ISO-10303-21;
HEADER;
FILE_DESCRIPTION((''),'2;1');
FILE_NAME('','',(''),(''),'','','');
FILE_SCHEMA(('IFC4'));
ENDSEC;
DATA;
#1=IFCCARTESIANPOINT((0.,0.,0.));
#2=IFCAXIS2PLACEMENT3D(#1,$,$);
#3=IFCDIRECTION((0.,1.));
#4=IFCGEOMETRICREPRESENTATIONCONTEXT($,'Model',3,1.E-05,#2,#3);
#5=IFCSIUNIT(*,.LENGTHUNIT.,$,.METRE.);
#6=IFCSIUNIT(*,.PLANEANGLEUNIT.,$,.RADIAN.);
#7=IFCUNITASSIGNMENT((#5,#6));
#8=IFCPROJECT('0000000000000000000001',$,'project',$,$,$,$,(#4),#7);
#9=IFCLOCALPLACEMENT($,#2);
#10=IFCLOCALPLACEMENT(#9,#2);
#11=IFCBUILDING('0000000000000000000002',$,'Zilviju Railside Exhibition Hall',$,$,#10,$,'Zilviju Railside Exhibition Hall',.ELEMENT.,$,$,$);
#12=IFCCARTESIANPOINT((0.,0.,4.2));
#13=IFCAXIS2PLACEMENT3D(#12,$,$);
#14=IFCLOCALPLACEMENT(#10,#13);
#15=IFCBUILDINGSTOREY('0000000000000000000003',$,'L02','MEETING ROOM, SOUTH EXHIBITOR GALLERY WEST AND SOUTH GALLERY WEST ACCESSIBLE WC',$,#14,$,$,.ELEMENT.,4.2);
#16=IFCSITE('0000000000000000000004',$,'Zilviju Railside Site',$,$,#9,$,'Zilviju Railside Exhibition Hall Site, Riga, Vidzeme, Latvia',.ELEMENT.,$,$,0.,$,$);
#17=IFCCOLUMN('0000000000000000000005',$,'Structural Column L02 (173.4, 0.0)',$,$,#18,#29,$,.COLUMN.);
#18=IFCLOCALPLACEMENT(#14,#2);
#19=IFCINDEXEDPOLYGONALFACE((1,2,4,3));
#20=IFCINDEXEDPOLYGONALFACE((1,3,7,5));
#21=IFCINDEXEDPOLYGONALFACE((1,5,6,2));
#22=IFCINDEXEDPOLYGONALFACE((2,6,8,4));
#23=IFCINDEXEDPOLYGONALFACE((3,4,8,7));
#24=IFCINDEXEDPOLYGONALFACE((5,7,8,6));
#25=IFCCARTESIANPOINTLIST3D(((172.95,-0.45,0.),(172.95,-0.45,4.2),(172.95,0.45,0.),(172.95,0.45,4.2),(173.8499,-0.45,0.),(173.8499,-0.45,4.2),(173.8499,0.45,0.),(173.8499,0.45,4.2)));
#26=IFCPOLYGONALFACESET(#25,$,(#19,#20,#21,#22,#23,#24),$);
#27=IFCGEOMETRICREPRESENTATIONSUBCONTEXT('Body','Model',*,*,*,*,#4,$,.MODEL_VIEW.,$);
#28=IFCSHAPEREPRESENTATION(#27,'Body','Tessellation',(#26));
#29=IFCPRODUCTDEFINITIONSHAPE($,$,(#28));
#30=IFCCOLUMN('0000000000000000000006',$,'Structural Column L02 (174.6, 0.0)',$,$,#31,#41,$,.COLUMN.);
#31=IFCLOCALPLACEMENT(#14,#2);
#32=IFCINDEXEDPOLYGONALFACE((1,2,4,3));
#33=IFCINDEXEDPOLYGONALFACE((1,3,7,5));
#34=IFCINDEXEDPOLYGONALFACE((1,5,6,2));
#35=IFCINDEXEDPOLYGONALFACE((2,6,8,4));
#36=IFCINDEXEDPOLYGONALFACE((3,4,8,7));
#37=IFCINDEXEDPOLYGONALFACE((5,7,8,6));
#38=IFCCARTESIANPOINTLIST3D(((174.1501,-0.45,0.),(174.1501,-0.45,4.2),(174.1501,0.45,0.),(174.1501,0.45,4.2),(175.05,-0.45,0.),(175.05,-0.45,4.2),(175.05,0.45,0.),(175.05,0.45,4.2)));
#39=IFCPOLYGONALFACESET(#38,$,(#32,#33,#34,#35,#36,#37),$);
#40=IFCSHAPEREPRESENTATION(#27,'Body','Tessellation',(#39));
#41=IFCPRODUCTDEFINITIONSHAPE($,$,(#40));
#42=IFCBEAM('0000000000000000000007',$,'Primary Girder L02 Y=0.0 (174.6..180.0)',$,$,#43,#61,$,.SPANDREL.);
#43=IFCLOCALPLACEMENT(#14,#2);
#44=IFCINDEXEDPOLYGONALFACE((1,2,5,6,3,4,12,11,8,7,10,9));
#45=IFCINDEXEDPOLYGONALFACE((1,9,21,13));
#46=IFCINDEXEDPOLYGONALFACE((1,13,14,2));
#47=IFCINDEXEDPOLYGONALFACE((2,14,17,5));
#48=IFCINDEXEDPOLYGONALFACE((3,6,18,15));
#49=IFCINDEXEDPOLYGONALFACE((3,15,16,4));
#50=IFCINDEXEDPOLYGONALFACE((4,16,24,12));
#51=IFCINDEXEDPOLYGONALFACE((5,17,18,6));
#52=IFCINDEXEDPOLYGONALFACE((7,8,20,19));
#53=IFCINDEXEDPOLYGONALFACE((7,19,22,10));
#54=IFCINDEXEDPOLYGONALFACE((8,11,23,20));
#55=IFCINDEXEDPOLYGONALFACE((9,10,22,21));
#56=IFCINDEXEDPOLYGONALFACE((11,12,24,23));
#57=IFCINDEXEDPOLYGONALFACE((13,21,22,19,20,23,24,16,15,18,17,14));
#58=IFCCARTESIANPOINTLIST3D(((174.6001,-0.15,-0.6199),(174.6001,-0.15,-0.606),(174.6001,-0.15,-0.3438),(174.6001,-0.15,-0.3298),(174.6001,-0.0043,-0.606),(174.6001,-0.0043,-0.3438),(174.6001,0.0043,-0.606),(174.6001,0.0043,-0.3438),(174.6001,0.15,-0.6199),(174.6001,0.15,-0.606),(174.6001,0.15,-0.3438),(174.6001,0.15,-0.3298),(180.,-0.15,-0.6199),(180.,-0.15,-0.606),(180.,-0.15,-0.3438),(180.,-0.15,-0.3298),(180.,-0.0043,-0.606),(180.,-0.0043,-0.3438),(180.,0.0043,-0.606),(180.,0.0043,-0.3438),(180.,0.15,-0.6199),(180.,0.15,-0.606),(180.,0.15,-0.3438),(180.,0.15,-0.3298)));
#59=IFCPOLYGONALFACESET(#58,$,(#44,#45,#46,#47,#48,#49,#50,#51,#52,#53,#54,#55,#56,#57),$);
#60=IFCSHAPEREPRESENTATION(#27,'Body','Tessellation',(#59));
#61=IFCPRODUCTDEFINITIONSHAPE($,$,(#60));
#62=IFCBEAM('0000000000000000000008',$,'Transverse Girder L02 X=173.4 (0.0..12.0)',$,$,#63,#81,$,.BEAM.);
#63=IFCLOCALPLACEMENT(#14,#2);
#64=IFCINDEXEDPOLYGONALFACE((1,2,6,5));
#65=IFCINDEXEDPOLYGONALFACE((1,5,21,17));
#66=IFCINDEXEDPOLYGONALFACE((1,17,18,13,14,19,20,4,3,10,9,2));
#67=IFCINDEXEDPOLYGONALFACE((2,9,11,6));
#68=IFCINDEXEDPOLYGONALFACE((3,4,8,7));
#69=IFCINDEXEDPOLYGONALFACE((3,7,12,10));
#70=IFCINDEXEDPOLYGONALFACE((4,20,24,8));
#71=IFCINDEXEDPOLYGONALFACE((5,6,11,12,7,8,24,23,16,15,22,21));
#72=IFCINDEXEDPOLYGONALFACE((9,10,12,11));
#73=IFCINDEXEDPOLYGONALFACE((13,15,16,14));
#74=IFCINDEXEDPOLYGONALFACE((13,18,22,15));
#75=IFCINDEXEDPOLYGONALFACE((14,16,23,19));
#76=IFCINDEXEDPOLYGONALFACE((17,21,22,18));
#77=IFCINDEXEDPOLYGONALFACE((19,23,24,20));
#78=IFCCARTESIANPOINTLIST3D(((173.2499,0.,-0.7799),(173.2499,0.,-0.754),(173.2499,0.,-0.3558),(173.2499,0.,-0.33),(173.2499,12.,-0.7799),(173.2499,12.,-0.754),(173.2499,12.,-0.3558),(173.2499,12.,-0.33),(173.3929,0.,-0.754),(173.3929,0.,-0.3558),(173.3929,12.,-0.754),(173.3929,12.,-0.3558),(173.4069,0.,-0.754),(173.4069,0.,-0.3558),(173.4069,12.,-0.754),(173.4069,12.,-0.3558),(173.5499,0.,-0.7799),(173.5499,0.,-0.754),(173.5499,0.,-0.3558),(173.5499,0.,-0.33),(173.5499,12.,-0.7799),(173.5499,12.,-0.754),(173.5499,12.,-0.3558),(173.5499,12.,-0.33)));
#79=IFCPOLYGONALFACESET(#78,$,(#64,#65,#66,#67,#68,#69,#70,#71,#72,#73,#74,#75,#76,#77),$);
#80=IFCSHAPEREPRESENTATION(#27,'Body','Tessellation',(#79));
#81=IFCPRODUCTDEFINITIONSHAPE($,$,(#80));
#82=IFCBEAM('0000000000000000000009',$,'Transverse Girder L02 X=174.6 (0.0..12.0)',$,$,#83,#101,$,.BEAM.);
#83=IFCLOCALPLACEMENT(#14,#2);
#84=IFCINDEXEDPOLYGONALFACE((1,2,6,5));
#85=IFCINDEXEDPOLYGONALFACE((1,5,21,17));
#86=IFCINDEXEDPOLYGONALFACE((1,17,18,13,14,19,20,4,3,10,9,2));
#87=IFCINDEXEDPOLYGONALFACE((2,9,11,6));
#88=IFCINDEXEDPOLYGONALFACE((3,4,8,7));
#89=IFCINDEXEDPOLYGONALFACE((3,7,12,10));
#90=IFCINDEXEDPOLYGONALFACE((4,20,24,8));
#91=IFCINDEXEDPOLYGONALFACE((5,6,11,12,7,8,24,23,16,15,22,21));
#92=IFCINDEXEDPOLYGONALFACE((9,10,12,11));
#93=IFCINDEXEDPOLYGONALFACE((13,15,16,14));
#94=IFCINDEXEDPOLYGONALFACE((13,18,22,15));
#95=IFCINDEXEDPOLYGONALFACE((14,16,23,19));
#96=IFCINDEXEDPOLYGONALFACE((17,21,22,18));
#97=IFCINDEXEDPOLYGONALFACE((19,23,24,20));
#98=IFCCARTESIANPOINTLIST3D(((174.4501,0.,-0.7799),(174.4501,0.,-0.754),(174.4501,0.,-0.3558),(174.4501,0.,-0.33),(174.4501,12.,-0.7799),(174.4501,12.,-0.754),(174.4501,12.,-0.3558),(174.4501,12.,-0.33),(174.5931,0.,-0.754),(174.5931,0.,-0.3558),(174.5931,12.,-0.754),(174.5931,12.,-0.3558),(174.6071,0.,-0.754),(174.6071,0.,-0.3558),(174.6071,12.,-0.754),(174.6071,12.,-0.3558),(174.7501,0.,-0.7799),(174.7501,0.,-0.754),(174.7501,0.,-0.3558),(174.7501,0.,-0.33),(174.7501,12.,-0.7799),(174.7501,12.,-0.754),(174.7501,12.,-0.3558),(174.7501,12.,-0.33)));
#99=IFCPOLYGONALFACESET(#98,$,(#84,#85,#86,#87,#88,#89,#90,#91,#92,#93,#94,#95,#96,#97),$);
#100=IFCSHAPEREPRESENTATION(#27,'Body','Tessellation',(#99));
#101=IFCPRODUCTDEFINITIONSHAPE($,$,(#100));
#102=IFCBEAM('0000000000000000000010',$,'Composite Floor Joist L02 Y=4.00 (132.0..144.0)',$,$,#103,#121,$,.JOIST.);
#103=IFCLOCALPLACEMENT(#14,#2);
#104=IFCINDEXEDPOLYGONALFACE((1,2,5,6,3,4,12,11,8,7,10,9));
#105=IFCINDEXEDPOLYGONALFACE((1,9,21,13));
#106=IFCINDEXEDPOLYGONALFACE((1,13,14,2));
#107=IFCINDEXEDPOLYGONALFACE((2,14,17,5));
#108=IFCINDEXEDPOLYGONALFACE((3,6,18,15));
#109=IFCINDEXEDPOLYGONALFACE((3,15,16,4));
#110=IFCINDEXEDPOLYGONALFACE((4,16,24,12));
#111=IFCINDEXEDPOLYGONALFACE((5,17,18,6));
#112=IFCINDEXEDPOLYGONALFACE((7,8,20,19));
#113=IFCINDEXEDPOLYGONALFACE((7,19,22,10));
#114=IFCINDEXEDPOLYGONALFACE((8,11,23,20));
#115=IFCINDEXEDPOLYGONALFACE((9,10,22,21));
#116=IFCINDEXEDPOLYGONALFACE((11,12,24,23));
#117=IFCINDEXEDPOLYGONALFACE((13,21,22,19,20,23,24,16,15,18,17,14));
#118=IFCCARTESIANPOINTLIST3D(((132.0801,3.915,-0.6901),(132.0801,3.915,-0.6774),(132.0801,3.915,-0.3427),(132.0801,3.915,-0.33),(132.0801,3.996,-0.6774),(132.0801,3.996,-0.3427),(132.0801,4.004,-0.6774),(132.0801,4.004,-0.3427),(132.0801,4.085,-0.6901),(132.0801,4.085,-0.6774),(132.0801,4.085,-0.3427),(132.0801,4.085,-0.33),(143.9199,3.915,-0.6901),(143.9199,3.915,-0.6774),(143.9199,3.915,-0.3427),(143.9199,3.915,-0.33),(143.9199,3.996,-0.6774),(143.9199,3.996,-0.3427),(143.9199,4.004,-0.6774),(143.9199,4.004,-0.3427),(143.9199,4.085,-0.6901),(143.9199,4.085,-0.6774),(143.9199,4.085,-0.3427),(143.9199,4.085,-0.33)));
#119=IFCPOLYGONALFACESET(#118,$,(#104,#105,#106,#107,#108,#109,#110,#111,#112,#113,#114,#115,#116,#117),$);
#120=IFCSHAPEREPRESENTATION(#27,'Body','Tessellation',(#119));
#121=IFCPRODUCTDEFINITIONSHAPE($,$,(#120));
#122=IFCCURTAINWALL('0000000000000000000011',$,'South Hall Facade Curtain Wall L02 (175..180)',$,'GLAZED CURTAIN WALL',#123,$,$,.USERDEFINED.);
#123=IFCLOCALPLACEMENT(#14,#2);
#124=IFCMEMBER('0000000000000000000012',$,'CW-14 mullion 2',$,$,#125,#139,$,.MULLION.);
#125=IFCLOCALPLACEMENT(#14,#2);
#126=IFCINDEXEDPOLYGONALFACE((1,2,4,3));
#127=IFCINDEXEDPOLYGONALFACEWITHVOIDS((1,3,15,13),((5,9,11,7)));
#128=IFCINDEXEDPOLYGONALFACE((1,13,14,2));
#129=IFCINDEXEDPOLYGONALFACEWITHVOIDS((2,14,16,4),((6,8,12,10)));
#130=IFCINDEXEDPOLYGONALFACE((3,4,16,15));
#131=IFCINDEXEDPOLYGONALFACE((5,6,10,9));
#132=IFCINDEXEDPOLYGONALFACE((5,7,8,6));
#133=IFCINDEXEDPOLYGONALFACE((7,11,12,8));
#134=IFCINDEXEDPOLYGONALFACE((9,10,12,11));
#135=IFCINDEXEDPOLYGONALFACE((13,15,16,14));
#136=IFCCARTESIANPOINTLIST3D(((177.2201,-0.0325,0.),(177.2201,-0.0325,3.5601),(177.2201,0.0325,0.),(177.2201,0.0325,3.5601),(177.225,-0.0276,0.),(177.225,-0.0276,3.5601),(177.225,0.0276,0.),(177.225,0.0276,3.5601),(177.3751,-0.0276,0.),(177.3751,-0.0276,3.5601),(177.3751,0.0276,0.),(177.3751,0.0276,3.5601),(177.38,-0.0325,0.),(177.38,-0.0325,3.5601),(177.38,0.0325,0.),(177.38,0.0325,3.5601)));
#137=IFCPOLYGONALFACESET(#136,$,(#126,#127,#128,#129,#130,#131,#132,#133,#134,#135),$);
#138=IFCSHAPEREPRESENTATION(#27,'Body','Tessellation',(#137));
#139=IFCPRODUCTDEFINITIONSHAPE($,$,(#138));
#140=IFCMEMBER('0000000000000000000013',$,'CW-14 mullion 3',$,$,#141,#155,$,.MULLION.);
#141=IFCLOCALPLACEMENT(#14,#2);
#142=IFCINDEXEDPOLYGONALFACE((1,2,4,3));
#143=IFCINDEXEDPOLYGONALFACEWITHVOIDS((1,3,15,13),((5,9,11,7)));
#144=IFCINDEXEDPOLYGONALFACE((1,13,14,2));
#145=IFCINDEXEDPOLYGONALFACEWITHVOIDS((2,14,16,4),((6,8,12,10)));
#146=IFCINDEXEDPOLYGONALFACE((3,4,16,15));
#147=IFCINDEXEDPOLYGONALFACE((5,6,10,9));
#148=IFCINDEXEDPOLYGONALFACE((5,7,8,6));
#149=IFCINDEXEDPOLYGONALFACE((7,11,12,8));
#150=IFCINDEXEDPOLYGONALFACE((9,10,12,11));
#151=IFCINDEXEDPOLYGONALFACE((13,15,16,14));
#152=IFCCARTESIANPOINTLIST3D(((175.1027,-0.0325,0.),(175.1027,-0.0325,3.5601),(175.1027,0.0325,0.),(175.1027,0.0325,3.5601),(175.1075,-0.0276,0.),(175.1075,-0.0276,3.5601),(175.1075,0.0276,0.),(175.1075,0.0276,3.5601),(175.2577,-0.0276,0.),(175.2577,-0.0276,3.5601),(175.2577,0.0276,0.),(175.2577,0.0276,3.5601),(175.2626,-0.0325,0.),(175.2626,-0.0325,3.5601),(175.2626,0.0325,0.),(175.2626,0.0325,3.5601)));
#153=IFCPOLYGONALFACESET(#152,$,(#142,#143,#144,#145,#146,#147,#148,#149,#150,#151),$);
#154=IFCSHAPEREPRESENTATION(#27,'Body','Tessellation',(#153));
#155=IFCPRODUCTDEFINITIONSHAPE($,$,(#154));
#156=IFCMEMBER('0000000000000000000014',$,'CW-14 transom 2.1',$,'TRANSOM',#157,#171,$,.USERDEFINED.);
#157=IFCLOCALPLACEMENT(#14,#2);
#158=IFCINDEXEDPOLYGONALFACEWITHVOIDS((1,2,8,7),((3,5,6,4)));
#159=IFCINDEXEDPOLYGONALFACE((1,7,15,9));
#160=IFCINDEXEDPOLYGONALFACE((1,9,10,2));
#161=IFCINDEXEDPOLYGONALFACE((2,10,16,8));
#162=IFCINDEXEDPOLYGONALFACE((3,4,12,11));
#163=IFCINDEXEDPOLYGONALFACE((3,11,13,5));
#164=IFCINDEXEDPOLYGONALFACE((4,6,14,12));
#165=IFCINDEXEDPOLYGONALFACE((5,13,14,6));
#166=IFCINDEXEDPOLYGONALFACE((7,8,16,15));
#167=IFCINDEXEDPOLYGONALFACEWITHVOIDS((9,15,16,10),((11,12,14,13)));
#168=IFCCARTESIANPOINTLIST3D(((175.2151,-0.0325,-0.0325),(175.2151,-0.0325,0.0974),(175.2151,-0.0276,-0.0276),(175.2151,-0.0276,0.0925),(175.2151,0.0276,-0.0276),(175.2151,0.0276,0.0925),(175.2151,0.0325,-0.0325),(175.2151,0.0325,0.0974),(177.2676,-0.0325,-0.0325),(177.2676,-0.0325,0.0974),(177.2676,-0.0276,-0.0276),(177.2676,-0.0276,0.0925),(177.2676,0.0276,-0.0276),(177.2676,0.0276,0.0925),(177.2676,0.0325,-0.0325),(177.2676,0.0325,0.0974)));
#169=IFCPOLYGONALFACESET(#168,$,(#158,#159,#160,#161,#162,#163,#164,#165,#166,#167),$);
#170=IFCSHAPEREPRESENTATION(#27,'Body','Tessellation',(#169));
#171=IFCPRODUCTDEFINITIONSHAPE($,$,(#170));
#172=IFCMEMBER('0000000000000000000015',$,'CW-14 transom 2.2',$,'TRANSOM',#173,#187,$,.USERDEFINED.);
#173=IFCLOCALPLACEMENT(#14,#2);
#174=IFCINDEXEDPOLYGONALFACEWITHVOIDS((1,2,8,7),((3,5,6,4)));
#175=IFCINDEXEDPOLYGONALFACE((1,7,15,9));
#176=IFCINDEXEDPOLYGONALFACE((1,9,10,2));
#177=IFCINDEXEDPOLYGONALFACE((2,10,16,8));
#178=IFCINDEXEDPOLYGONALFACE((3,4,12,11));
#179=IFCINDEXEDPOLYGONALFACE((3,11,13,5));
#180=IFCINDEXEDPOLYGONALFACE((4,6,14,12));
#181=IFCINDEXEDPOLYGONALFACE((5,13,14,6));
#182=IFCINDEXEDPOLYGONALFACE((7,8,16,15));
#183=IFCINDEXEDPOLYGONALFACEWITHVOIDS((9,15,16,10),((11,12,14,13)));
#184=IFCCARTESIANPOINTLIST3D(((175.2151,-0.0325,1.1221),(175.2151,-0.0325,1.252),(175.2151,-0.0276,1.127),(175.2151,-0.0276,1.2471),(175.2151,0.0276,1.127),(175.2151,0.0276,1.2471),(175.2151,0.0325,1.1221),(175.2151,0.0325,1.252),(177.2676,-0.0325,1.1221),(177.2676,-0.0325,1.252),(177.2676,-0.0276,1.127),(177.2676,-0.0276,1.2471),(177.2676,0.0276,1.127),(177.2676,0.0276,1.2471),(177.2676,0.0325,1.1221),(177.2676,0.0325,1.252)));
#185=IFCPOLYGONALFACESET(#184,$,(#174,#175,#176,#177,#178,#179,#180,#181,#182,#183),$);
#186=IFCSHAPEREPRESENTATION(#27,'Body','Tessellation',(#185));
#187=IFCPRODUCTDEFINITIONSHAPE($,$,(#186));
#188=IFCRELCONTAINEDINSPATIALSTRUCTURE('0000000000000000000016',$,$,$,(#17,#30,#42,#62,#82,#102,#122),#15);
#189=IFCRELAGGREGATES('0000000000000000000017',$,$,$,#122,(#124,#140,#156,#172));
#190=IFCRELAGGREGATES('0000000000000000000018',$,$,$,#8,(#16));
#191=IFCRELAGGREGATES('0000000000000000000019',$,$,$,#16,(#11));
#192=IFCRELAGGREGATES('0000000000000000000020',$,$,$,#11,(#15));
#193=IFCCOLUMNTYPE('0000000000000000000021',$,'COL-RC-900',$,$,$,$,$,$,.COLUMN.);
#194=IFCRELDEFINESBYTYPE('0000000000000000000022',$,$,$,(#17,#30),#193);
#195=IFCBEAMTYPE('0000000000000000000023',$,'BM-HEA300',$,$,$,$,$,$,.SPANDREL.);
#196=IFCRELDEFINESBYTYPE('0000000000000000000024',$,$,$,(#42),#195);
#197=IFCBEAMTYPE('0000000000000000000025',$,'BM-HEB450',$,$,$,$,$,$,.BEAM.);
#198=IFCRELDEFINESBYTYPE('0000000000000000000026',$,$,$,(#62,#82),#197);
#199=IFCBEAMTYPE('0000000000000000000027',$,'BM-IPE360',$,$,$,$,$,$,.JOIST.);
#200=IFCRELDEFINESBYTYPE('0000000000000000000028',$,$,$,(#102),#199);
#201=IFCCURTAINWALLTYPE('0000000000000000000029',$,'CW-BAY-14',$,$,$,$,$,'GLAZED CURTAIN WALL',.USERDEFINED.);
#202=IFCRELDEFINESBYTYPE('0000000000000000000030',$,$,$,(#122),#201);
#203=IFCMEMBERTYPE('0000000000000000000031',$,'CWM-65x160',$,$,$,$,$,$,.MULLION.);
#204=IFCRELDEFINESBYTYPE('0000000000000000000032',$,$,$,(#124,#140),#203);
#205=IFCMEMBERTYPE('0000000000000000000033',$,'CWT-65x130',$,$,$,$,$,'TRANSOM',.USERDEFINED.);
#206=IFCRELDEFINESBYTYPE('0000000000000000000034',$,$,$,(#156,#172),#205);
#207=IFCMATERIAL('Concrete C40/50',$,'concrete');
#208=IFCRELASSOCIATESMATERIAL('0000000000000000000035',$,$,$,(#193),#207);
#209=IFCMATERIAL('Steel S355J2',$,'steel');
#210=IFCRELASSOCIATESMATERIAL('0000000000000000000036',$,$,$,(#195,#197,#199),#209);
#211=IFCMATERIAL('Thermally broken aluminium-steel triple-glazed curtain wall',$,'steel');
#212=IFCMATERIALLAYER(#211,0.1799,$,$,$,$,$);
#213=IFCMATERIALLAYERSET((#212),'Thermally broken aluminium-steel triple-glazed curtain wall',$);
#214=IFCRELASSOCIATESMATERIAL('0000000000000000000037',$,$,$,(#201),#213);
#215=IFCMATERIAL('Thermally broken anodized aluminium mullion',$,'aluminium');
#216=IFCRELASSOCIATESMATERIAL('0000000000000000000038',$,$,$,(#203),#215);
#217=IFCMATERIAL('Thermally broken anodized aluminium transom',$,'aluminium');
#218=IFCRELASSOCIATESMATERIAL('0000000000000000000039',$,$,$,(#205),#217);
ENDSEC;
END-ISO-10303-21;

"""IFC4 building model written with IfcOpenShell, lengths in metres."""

from ifc_helpers import new_model, si_unit, direction, frame, origin, origin_2d, place, context, subcontext, project, spatial, rectangle, hollow_rectangle, i_section, extrude, material, layer, layer_set, material_profile, profile_set, type_object, element, aggregate, save


model = new_model("IFC4")

# Units and contexts
model_context = context("Model", 3, precision=1e-05, world=origin(), true_north=direction((0.0, 1.0)))
body_context = subcontext(model_context, "Body", "Model", "MODEL_VIEW")
ifc_project = project(units=[si_unit("LENGTHUNIT", "METRE"), si_unit("PLANEANGLEUNIT", "RADIAN")], contexts=[model_context])

# Site, building, storey
site_placement = place(None, origin())
site = spatial("IfcSite", under=ifc_project, at=site_placement, Name="Zilviju Railside Site", LongName="Zilviju Railside Exhibition Hall Site, Riga, Vidzeme, Latvia", CompositionType="ELEMENT", RefElevation=0.0)
building_placement = place(site_placement, origin())
building = spatial("IfcBuilding", under=site, at=building_placement, Name="Zilviju Railside Exhibition Hall", LongName="Zilviju Railside Exhibition Hall", CompositionType="ELEMENT")
storey_placement = place(building_placement, frame((0.0, 0.0, 4.2)))
storey = spatial("IfcBuildingStorey", under=building, at=storey_placement, Name="L02", Description="MEETING ROOM, SOUTH EXHIBITOR GALLERY WEST AND SOUTH GALLERY WEST ACCESSIBLE WC", CompositionType="ELEMENT", Elevation=4.2)

# Columns
ifc_material_1 = material(Name="Concrete C40/50", Category="concrete")
ifc_material_profile_1 = material_profile(ifc_material_1, rectangle(XDim=0.8999, YDim=0.8999, at=origin_2d()), Name="RC COL 900x900")
ifc_profile_set_1 = profile_set([ifc_material_profile_1], Name="Concrete C40/50")
column_type = type_object("IfcColumnType", Name="COL-RC-900", PredefinedType="COLUMN", material=ifc_profile_set_1)
for number, where, z_axis, x_axis, name in (
    (1, (173.3999, 0.0, 0.0), (0.0, 0.0, 1.0), (1.0, 0.0, 0.0), "Structural Column L02 (173.4, 0.0)"),
    (2, (174.6001, 0.0, 0.0), (0.0, 0.0, 1.0), (1.0, 0.0, 0.0), "Structural Column L02 (174.6, 0.0)"),
):
    element("IfcColumn", number, at=place(storey_placement, frame(where, z_axis=z_axis, x_axis=x_axis)), inside=storey, type_object=column_type, Name=name, PredefinedType="COLUMN", context=body_context, shape_type="SweptSolid", body=[
        extrude(rectangle(XDim=0.8999, YDim=0.8999, at=origin_2d()), origin(), (0.0, 0.0, 1.0), 4.2),
    ])

# Beams
ifc_material_2 = material(Name="Steel S355J2", Category="steel")
ifc_material_profile_2 = material_profile(ifc_material_2, i_section(OverallWidth=0.3, OverallDepth=0.29, WebThickness=0.0085, FlangeThickness=0.0139, at=origin_2d()), Name="HEA 300")
ifc_profile_set_2 = profile_set([ifc_material_profile_2], Name="Steel S355J2")
beam_type_1 = type_object("IfcBeamType", Name="BM-HEA300", PredefinedType="SPANDREL", material=ifc_profile_set_2)
beam_1_placement = place(storey_placement, frame((174.6001, 0.0, -0.4749), z_axis=(1.0, 0.0, 0.0), x_axis=(0.0, 1.0, 0.0)))
element("IfcBeam", 3, at=beam_1_placement, inside=storey, type_object=beam_type_1, Name="Primary Girder L02 Y=0.0 (174.6..180.0)", PredefinedType="SPANDREL", context=body_context, shape_type="SweptSolid", body=[
    extrude(i_section(OverallWidth=0.3, OverallDepth=0.29, WebThickness=0.0085, FlangeThickness=0.0139, at=origin_2d()), origin(), (0.0, 0.0, 1.0), 5.3999),
])
ifc_material_profile_3 = material_profile(ifc_material_2, i_section(OverallWidth=0.3, OverallDepth=0.45, WebThickness=0.0139, FlangeThickness=0.0259, at=origin_2d()), Name="HEB 450")
ifc_profile_set_3 = profile_set([ifc_material_profile_3], Name="Steel S355J2")
beam_type_2 = type_object("IfcBeamType", Name="BM-HEB450", PredefinedType="BEAM", material=ifc_profile_set_3)
for number, where, z_axis, x_axis, name in (
    (4, (173.3999, 0.0, -0.5549), (0.0, 1.0, 0.0), (-1.0, 0.0, 0.0), "Transverse Girder L02 X=173.4 (0.0..12.0)"),
    (5, (174.6001, 0.0, -0.5549), (0.0, 1.0, 0.0), (-1.0, 0.0, 0.0), "Transverse Girder L02 X=174.6 (0.0..12.0)"),
):
    element("IfcBeam", number, at=place(storey_placement, frame(where, z_axis=z_axis, x_axis=x_axis)), inside=storey, type_object=beam_type_2, Name=name, PredefinedType="BEAM", context=body_context, shape_type="SweptSolid", body=[
        extrude(i_section(OverallWidth=0.3, OverallDepth=0.45, WebThickness=0.0139, FlangeThickness=0.0259, at=origin_2d()), origin(), (0.0, 0.0, 1.0), 12.0),
    ])
ifc_material_profile_4 = material_profile(ifc_material_2, i_section(OverallWidth=0.1699, OverallDepth=0.3601, WebThickness=0.0081, FlangeThickness=0.0127, at=origin_2d()), Name="IPE 360")
ifc_profile_set_4 = profile_set([ifc_material_profile_4], Name="Steel S355J2")
beam_type_3 = type_object("IfcBeamType", Name="BM-IPE360", PredefinedType="JOIST", material=ifc_profile_set_4)
beam_2_placement = place(storey_placement, frame((132.0801, 4.0, -0.51), z_axis=(1.0, 0.0, 0.0), x_axis=(0.0, 1.0, 0.0)))
element("IfcBeam", 6, at=beam_2_placement, inside=storey, type_object=beam_type_3, Name="Composite Floor Joist L02 Y=4.00 (132.0..144.0)", PredefinedType="JOIST", context=body_context, shape_type="SweptSolid", body=[
    extrude(i_section(OverallWidth=0.1699, OverallDepth=0.3601, WebThickness=0.0081, FlangeThickness=0.0127, at=origin_2d()), origin(), (0.0, 0.0, 1.0), 11.8398),
])

# Curtain wall, members
ifc_material_3 = material(Name="Thermally broken aluminium-steel triple-glazed curtain wall", Category="steel")
ifc_layer_1 = layer(ifc_material_3, 0.1799)
ifc_layer_set_1 = layer_set([ifc_layer_1], Name="Thermally broken aluminium-steel triple-glazed curtain wall")
curtain_wall_type = type_object("IfcCurtainWallType", Name="CW-BAY-14", ElementType="GLAZED CURTAIN WALL", PredefinedType="USERDEFINED", material=ifc_layer_set_1)
curtain_wall_placement = place(storey_placement, origin())
curtain_wall = element("IfcCurtainWall", 7, at=curtain_wall_placement, inside=storey, type_object=curtain_wall_type, Name="South Hall Facade Curtain Wall L02 (175..180)", ObjectType="GLAZED CURTAIN WALL", PredefinedType="USERDEFINED")
ifc_material_4 = material(Name="Thermally broken anodized aluminium mullion", Category="aluminium")
ifc_material_profile_5 = material_profile(ifc_material_4, hollow_rectangle(XDim=0.0649, YDim=0.1599, WallThickness=0.0049, at=origin_2d()), Name="MULLION 160x65x5")
ifc_profile_set_5 = profile_set([ifc_material_profile_5], Name="Thermally broken anodized aluminium mullion")
member_type_1 = type_object("IfcMemberType", Name="CWM-65x160", PredefinedType="MULLION", material=ifc_profile_set_5)
member_1_placement = place(storey_placement, frame((177.3, 0.0, 0.0), z_axis=(0.0, 0.0, 1.0), x_axis=(0.0, -1.0, 0.0)))
member_1 = element("IfcMember", 8, at=member_1_placement, type_object=member_type_1, Name="CW-14 mullion 2", PredefinedType="MULLION", context=body_context, shape_type="SweptSolid", body=[
    extrude(hollow_rectangle(XDim=0.0649, YDim=0.1599, WallThickness=0.0049, at=origin_2d()), origin(), (0.0, 0.0, 1.0), 3.5601),
])
member_2_placement = place(storey_placement, frame((175.1826, 0.0, 0.0), z_axis=(0.0, 0.0, 1.0), x_axis=(0.0, -1.0, 0.0)))
member_2 = element("IfcMember", 9, at=member_2_placement, type_object=member_type_1, Name="CW-14 mullion 3", PredefinedType="MULLION", context=body_context, shape_type="SweptSolid", body=[
    extrude(hollow_rectangle(XDim=0.0649, YDim=0.1599, WallThickness=0.0049, at=origin_2d()), origin(), (0.0, 0.0, 1.0), 3.5601),
])
ifc_material_5 = material(Name="Thermally broken anodized aluminium transom", Category="aluminium")
ifc_material_profile_6 = material_profile(ifc_material_5, hollow_rectangle(XDim=0.0649, YDim=0.1299, WallThickness=0.0049, at=origin_2d()), Name="TRANSOM 130x65x5")
ifc_profile_set_6 = profile_set([ifc_material_profile_6], Name="Thermally broken anodized aluminium transom")
member_type_2 = type_object("IfcMemberType", Name="CWT-65x130", ElementType="TRANSOM", PredefinedType="USERDEFINED", material=ifc_profile_set_6)
member_3_placement = place(storey_placement, frame((177.2676, 0.0, 0.0325), z_axis=(-1.0, 0.0, 0.0), x_axis=(0.0, -1.0, 0.0)))
member_3 = element("IfcMember", 10, at=member_3_placement, type_object=member_type_2, Name="CW-14 transom 2.1", ObjectType="TRANSOM", PredefinedType="USERDEFINED", context=body_context, shape_type="SweptSolid", body=[
    extrude(hollow_rectangle(XDim=0.0649, YDim=0.1299, WallThickness=0.0049, at=origin_2d()), origin(), (0.0, 0.0, 1.0), 2.0525),
])
member_4_placement = place(storey_placement, frame((177.2676, 0.0, 1.187), z_axis=(-1.0, 0.0, 0.0), x_axis=(0.0, -1.0, 0.0)))
member_4 = element("IfcMember", 11, at=member_4_placement, type_object=member_type_2, Name="CW-14 transom 2.2", ObjectType="TRANSOM", PredefinedType="USERDEFINED", context=body_context, shape_type="SweptSolid", body=[
    extrude(hollow_rectangle(XDim=0.0649, YDim=0.1299, WallThickness=0.0049, at=origin_2d()), origin(), (0.0, 0.0, 1.0), 2.0525),
])
aggregate(curtain_wall, [member_1, member_2, member_3, member_4])

save(model, "model.ifc")
